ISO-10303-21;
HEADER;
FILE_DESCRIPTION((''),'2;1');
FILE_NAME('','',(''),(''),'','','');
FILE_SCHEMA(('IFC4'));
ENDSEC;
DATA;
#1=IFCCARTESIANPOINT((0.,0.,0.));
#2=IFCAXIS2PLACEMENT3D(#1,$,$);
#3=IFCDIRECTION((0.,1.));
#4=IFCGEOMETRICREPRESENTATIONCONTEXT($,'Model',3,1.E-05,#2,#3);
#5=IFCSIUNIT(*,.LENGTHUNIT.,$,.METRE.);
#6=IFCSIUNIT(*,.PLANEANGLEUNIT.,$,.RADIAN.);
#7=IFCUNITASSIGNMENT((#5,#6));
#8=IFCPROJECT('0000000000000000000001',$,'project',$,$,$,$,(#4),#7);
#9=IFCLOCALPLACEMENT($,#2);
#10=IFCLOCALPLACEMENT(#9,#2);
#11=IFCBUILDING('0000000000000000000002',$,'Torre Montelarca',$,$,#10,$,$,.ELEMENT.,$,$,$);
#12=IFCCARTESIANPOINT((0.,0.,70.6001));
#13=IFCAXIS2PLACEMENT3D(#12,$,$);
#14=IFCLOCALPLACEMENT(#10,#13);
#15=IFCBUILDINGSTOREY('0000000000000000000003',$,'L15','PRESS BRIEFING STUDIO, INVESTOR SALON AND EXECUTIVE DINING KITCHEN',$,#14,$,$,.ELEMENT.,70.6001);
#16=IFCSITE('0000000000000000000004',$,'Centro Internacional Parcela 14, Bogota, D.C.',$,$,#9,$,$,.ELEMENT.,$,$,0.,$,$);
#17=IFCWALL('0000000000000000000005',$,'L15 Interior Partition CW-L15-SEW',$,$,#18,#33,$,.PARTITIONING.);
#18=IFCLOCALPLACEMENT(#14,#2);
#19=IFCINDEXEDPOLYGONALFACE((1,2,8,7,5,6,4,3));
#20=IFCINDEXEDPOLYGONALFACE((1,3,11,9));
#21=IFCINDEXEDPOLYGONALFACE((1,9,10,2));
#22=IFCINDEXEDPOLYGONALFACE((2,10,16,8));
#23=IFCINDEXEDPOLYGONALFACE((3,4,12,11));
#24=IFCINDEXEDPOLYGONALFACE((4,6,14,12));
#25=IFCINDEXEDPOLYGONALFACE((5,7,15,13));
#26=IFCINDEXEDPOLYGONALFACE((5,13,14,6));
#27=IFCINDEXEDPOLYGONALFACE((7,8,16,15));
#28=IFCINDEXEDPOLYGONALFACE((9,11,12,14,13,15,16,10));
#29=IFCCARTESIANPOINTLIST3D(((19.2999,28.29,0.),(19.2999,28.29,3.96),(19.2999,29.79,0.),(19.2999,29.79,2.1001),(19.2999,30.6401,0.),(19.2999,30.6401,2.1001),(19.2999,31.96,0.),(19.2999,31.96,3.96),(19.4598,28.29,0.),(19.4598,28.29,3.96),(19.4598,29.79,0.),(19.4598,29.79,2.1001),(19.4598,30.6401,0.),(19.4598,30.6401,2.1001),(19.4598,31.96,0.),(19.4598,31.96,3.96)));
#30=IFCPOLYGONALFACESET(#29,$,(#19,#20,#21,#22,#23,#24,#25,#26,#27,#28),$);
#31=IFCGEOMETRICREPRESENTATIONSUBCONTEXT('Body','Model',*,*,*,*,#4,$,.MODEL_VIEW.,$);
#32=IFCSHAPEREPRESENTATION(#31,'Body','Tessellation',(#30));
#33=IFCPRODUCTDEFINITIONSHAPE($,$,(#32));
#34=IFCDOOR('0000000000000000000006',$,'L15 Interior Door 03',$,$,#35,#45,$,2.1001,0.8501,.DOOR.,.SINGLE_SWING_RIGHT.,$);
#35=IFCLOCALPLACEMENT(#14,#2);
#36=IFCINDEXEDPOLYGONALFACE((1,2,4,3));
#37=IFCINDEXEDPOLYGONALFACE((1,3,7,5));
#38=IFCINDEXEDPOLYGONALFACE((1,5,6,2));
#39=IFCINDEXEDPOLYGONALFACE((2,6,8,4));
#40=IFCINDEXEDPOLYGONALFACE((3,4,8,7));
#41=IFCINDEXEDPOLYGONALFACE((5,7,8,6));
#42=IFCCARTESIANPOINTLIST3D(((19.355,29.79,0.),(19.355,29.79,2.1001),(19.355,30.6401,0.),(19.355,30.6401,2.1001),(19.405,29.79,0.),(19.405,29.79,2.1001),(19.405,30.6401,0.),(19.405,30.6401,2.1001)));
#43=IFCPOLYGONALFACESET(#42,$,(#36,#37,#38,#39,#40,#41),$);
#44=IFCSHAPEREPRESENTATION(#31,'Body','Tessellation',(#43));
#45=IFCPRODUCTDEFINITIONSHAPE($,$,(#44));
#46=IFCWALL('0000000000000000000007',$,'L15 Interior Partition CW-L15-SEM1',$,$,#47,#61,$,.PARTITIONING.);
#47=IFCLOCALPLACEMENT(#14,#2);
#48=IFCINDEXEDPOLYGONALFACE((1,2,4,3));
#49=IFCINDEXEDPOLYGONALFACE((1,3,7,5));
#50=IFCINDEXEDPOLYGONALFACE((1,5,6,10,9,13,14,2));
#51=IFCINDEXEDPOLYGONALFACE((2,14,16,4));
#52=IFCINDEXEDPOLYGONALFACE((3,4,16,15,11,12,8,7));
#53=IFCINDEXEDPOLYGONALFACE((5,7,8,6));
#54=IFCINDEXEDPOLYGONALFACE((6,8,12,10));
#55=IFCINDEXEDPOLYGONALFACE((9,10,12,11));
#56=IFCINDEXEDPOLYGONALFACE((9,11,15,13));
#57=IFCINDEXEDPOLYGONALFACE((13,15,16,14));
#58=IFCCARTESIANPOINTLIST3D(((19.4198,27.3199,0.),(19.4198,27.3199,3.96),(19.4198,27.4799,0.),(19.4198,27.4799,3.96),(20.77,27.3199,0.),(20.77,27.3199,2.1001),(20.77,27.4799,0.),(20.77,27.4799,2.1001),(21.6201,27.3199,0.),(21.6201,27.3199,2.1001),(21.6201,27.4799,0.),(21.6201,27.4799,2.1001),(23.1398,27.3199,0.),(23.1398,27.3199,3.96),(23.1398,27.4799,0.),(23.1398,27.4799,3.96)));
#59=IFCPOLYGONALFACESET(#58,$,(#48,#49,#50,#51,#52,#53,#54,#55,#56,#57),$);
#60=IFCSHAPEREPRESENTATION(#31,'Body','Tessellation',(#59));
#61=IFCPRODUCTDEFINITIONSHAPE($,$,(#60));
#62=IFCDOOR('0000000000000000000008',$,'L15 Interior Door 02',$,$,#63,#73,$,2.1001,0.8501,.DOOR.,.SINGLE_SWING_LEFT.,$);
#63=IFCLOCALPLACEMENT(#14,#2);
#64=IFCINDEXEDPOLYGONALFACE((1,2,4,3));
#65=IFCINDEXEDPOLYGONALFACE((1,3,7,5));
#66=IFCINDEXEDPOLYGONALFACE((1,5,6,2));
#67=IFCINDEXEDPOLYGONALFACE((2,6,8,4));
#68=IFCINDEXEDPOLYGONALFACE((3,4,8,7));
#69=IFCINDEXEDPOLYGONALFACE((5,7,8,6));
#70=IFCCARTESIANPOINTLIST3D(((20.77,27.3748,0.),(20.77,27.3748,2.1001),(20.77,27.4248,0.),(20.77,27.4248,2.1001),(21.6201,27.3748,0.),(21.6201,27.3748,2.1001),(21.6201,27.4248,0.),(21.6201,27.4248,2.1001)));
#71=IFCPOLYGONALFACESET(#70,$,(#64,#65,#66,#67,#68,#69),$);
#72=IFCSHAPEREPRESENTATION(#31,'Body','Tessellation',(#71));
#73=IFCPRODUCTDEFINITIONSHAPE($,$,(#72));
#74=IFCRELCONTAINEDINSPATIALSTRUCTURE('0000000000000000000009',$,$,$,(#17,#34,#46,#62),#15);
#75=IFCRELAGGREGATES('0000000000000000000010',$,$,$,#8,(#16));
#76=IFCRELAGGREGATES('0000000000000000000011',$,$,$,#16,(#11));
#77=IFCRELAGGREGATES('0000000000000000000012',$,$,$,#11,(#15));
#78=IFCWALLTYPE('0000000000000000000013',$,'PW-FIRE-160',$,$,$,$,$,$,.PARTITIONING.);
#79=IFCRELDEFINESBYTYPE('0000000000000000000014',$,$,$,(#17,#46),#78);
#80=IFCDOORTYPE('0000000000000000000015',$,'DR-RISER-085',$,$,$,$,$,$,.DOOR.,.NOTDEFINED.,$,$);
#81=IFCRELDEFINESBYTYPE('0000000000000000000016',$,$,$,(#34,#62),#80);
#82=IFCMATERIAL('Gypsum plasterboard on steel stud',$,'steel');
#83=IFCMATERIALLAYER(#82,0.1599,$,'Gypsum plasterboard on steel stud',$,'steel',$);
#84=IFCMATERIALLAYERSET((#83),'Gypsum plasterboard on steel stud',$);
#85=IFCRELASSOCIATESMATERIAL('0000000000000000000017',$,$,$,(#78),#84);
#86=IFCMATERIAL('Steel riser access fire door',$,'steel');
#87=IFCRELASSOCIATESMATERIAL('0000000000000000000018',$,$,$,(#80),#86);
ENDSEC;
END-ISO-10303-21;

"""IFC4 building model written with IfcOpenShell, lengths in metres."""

from ifc_helpers import new_model, si_unit, direction, frame, frame_2d, origin, place, context, subcontext, project, spatial, rectangle, extrude, source, transform, mapped, material, layer, layer_set, type_object, element, fill, save


model = new_model("IFC4")

# Units and contexts
model_context = context("Model", 3, precision=1e-05, world=origin(), true_north=direction((0.0, 1.0)))
body_context = subcontext(model_context, "Body", "Model", "MODEL_VIEW")
ifc_project = project(units=[si_unit("LENGTHUNIT", "METRE"), si_unit("PLANEANGLEUNIT", "RADIAN")], contexts=[model_context])

# Site, building, storey
site_placement = place(None, origin())
site = spatial("IfcSite", under=ifc_project, at=site_placement, Name="Centro Internacional Parcela 14, Bogota, D.C.", CompositionType="ELEMENT", RefElevation=0.0)
building_placement = place(site_placement, origin())
building = spatial("IfcBuilding", under=site, at=building_placement, Name="Torre Montelarca", CompositionType="ELEMENT")
storey_placement = place(building_placement, frame((0.0, 0.0, 70.6001)))
storey = spatial("IfcBuildingStorey", under=building, at=storey_placement, Name="L15", Description="PRESS BRIEFING STUDIO, INVESTOR SALON AND EXECUTIVE DINING KITCHEN", CompositionType="ELEMENT", Elevation=70.6001)

# Shared definitions
ifc_material_1 = material(Name="Gypsum plasterboard on steel stud", Category="steel")
ifc_layer_1 = layer(ifc_material_1, 0.1599, Name="Gypsum plasterboard on steel stud", Category="steel")
ifc_layer_set_1 = layer_set([ifc_layer_1], Name="Gypsum plasterboard on steel stud")
wall_type_1 = type_object("IfcWallType", Name="PW-FIRE-160", PredefinedType="PARTITIONING", material=ifc_layer_set_1)

# Walls, openings, doors
wall_1_placement = place(storey_placement, frame((19.3799, 28.29, 0.0), z_axis=(0.0, 0.0, 1.0), x_axis=(0.0, 1.0, 0.0)))
wall_1 = element("IfcWall", 1, at=wall_1_placement, inside=storey, type_object=wall_type_1, Name="L15 Interior Partition CW-L15-SEW", PredefinedType="PARTITIONING", context=body_context, shape_type="SweptSolid", body=[
    extrude(rectangle(XDim=3.6699, YDim=0.1599, at=frame_2d((1.835, 0.0))), origin(), (0.0, 0.0, 1.0), 3.96),
])
opening_1_placement = place(wall_1_placement, frame((1.5, 0.0, 0.0)))
opening_1 = element("IfcOpeningElement", 2, at=opening_1_placement, cuts=wall_1, PredefinedType="OPENING", context=body_context, shape_type="SweptSolid", body=[
    extrude(rectangle(XDim=0.8501, YDim=2.1001, at=frame_2d((0.425, 1.05))), frame((0.0, 0.0898, 0.0), z_axis=(0.0, -1.0, 0.0), x_axis=(1.0, 0.0, 0.0)), (0.0, 0.0, 1.0), 0.1799),
])
ifc_material_2 = material(Name="Steel riser access fire door", Category="steel")
door_type_1 = type_object("IfcDoorType", Name="DR-RISER-085", OperationType="NOTDEFINED", PredefinedType="DOOR", material=ifc_material_2)
shared_shape_1 = source(origin(), body_context, "Body", "SweptSolid", [
    extrude(rectangle(XDim=0.8501, YDim=2.1001, at=frame_2d((0.425, 1.05))), frame((0.0, 0.0249, 0.0), z_axis=(0.0, -1.0, 0.0), x_axis=(1.0, 0.0, 0.0)), (0.0, 0.0, 1.0), 0.05),
])
door_1_placement = place(opening_1_placement, origin())
door_1 = element("IfcDoor", 3, at=door_1_placement, inside=storey, type_object=door_type_1, Name="L15 Interior Door 03", OperationType="SINGLE_SWING_RIGHT", OverallHeight=2.1001, OverallWidth=0.8501, PredefinedType="DOOR", context=body_context, shape_type="MappedRepresentation", body=[
    mapped(shared_shape_1, transform((0.0, 0.0, 0.0), scale=1.0)),
])
fill(opening_1, door_1)
wall_2_placement = place(storey_placement, frame((19.4199, 27.3999, 0.0), z_axis=(0.0, 0.0, 1.0), x_axis=(1.0, 0.0, 0.0)))
wall_2 = element("IfcWall", 4, at=wall_2_placement, inside=storey, type_object=wall_type_1, Name="L15 Interior Partition CW-L15-SEM1", PredefinedType="PARTITIONING", context=body_context, shape_type="SweptSolid", body=[
    extrude(rectangle(XDim=3.72, YDim=0.1599, at=frame_2d((1.8599, 0.0))), origin(), (0.0, 0.0, 1.0), 3.96),
])
opening_2_placement = place(wall_2_placement, frame((1.3501, 0.0, 0.0)))
opening_2 = element("IfcOpeningElement", 5, at=opening_2_placement, cuts=wall_2, PredefinedType="OPENING", context=body_context, shape_type="SweptSolid", body=[
    extrude(rectangle(XDim=0.8501, YDim=2.1001, at=frame_2d((0.425, 1.05))), frame((0.0, 0.0898, 0.0), z_axis=(0.0, -1.0, 0.0), x_axis=(1.0, 0.0, 0.0)), (0.0, 0.0, 1.0), 0.1799),
])
door_2_placement = place(opening_2_placement, origin())
door_2 = element("IfcDoor", 6, at=door_2_placement, inside=storey, type_object=door_type_1, Name="L15 Interior Door 02", OperationType="SINGLE_SWING_LEFT", OverallHeight=2.1001, OverallWidth=0.8501, PredefinedType="DOOR", context=body_context, shape_type="MappedRepresentation", body=[
    mapped(shared_shape_1, transform((0.0, 0.0, 0.0), scale=1.0)),
])
fill(opening_2, door_2)

save(model, "model.ifc")
